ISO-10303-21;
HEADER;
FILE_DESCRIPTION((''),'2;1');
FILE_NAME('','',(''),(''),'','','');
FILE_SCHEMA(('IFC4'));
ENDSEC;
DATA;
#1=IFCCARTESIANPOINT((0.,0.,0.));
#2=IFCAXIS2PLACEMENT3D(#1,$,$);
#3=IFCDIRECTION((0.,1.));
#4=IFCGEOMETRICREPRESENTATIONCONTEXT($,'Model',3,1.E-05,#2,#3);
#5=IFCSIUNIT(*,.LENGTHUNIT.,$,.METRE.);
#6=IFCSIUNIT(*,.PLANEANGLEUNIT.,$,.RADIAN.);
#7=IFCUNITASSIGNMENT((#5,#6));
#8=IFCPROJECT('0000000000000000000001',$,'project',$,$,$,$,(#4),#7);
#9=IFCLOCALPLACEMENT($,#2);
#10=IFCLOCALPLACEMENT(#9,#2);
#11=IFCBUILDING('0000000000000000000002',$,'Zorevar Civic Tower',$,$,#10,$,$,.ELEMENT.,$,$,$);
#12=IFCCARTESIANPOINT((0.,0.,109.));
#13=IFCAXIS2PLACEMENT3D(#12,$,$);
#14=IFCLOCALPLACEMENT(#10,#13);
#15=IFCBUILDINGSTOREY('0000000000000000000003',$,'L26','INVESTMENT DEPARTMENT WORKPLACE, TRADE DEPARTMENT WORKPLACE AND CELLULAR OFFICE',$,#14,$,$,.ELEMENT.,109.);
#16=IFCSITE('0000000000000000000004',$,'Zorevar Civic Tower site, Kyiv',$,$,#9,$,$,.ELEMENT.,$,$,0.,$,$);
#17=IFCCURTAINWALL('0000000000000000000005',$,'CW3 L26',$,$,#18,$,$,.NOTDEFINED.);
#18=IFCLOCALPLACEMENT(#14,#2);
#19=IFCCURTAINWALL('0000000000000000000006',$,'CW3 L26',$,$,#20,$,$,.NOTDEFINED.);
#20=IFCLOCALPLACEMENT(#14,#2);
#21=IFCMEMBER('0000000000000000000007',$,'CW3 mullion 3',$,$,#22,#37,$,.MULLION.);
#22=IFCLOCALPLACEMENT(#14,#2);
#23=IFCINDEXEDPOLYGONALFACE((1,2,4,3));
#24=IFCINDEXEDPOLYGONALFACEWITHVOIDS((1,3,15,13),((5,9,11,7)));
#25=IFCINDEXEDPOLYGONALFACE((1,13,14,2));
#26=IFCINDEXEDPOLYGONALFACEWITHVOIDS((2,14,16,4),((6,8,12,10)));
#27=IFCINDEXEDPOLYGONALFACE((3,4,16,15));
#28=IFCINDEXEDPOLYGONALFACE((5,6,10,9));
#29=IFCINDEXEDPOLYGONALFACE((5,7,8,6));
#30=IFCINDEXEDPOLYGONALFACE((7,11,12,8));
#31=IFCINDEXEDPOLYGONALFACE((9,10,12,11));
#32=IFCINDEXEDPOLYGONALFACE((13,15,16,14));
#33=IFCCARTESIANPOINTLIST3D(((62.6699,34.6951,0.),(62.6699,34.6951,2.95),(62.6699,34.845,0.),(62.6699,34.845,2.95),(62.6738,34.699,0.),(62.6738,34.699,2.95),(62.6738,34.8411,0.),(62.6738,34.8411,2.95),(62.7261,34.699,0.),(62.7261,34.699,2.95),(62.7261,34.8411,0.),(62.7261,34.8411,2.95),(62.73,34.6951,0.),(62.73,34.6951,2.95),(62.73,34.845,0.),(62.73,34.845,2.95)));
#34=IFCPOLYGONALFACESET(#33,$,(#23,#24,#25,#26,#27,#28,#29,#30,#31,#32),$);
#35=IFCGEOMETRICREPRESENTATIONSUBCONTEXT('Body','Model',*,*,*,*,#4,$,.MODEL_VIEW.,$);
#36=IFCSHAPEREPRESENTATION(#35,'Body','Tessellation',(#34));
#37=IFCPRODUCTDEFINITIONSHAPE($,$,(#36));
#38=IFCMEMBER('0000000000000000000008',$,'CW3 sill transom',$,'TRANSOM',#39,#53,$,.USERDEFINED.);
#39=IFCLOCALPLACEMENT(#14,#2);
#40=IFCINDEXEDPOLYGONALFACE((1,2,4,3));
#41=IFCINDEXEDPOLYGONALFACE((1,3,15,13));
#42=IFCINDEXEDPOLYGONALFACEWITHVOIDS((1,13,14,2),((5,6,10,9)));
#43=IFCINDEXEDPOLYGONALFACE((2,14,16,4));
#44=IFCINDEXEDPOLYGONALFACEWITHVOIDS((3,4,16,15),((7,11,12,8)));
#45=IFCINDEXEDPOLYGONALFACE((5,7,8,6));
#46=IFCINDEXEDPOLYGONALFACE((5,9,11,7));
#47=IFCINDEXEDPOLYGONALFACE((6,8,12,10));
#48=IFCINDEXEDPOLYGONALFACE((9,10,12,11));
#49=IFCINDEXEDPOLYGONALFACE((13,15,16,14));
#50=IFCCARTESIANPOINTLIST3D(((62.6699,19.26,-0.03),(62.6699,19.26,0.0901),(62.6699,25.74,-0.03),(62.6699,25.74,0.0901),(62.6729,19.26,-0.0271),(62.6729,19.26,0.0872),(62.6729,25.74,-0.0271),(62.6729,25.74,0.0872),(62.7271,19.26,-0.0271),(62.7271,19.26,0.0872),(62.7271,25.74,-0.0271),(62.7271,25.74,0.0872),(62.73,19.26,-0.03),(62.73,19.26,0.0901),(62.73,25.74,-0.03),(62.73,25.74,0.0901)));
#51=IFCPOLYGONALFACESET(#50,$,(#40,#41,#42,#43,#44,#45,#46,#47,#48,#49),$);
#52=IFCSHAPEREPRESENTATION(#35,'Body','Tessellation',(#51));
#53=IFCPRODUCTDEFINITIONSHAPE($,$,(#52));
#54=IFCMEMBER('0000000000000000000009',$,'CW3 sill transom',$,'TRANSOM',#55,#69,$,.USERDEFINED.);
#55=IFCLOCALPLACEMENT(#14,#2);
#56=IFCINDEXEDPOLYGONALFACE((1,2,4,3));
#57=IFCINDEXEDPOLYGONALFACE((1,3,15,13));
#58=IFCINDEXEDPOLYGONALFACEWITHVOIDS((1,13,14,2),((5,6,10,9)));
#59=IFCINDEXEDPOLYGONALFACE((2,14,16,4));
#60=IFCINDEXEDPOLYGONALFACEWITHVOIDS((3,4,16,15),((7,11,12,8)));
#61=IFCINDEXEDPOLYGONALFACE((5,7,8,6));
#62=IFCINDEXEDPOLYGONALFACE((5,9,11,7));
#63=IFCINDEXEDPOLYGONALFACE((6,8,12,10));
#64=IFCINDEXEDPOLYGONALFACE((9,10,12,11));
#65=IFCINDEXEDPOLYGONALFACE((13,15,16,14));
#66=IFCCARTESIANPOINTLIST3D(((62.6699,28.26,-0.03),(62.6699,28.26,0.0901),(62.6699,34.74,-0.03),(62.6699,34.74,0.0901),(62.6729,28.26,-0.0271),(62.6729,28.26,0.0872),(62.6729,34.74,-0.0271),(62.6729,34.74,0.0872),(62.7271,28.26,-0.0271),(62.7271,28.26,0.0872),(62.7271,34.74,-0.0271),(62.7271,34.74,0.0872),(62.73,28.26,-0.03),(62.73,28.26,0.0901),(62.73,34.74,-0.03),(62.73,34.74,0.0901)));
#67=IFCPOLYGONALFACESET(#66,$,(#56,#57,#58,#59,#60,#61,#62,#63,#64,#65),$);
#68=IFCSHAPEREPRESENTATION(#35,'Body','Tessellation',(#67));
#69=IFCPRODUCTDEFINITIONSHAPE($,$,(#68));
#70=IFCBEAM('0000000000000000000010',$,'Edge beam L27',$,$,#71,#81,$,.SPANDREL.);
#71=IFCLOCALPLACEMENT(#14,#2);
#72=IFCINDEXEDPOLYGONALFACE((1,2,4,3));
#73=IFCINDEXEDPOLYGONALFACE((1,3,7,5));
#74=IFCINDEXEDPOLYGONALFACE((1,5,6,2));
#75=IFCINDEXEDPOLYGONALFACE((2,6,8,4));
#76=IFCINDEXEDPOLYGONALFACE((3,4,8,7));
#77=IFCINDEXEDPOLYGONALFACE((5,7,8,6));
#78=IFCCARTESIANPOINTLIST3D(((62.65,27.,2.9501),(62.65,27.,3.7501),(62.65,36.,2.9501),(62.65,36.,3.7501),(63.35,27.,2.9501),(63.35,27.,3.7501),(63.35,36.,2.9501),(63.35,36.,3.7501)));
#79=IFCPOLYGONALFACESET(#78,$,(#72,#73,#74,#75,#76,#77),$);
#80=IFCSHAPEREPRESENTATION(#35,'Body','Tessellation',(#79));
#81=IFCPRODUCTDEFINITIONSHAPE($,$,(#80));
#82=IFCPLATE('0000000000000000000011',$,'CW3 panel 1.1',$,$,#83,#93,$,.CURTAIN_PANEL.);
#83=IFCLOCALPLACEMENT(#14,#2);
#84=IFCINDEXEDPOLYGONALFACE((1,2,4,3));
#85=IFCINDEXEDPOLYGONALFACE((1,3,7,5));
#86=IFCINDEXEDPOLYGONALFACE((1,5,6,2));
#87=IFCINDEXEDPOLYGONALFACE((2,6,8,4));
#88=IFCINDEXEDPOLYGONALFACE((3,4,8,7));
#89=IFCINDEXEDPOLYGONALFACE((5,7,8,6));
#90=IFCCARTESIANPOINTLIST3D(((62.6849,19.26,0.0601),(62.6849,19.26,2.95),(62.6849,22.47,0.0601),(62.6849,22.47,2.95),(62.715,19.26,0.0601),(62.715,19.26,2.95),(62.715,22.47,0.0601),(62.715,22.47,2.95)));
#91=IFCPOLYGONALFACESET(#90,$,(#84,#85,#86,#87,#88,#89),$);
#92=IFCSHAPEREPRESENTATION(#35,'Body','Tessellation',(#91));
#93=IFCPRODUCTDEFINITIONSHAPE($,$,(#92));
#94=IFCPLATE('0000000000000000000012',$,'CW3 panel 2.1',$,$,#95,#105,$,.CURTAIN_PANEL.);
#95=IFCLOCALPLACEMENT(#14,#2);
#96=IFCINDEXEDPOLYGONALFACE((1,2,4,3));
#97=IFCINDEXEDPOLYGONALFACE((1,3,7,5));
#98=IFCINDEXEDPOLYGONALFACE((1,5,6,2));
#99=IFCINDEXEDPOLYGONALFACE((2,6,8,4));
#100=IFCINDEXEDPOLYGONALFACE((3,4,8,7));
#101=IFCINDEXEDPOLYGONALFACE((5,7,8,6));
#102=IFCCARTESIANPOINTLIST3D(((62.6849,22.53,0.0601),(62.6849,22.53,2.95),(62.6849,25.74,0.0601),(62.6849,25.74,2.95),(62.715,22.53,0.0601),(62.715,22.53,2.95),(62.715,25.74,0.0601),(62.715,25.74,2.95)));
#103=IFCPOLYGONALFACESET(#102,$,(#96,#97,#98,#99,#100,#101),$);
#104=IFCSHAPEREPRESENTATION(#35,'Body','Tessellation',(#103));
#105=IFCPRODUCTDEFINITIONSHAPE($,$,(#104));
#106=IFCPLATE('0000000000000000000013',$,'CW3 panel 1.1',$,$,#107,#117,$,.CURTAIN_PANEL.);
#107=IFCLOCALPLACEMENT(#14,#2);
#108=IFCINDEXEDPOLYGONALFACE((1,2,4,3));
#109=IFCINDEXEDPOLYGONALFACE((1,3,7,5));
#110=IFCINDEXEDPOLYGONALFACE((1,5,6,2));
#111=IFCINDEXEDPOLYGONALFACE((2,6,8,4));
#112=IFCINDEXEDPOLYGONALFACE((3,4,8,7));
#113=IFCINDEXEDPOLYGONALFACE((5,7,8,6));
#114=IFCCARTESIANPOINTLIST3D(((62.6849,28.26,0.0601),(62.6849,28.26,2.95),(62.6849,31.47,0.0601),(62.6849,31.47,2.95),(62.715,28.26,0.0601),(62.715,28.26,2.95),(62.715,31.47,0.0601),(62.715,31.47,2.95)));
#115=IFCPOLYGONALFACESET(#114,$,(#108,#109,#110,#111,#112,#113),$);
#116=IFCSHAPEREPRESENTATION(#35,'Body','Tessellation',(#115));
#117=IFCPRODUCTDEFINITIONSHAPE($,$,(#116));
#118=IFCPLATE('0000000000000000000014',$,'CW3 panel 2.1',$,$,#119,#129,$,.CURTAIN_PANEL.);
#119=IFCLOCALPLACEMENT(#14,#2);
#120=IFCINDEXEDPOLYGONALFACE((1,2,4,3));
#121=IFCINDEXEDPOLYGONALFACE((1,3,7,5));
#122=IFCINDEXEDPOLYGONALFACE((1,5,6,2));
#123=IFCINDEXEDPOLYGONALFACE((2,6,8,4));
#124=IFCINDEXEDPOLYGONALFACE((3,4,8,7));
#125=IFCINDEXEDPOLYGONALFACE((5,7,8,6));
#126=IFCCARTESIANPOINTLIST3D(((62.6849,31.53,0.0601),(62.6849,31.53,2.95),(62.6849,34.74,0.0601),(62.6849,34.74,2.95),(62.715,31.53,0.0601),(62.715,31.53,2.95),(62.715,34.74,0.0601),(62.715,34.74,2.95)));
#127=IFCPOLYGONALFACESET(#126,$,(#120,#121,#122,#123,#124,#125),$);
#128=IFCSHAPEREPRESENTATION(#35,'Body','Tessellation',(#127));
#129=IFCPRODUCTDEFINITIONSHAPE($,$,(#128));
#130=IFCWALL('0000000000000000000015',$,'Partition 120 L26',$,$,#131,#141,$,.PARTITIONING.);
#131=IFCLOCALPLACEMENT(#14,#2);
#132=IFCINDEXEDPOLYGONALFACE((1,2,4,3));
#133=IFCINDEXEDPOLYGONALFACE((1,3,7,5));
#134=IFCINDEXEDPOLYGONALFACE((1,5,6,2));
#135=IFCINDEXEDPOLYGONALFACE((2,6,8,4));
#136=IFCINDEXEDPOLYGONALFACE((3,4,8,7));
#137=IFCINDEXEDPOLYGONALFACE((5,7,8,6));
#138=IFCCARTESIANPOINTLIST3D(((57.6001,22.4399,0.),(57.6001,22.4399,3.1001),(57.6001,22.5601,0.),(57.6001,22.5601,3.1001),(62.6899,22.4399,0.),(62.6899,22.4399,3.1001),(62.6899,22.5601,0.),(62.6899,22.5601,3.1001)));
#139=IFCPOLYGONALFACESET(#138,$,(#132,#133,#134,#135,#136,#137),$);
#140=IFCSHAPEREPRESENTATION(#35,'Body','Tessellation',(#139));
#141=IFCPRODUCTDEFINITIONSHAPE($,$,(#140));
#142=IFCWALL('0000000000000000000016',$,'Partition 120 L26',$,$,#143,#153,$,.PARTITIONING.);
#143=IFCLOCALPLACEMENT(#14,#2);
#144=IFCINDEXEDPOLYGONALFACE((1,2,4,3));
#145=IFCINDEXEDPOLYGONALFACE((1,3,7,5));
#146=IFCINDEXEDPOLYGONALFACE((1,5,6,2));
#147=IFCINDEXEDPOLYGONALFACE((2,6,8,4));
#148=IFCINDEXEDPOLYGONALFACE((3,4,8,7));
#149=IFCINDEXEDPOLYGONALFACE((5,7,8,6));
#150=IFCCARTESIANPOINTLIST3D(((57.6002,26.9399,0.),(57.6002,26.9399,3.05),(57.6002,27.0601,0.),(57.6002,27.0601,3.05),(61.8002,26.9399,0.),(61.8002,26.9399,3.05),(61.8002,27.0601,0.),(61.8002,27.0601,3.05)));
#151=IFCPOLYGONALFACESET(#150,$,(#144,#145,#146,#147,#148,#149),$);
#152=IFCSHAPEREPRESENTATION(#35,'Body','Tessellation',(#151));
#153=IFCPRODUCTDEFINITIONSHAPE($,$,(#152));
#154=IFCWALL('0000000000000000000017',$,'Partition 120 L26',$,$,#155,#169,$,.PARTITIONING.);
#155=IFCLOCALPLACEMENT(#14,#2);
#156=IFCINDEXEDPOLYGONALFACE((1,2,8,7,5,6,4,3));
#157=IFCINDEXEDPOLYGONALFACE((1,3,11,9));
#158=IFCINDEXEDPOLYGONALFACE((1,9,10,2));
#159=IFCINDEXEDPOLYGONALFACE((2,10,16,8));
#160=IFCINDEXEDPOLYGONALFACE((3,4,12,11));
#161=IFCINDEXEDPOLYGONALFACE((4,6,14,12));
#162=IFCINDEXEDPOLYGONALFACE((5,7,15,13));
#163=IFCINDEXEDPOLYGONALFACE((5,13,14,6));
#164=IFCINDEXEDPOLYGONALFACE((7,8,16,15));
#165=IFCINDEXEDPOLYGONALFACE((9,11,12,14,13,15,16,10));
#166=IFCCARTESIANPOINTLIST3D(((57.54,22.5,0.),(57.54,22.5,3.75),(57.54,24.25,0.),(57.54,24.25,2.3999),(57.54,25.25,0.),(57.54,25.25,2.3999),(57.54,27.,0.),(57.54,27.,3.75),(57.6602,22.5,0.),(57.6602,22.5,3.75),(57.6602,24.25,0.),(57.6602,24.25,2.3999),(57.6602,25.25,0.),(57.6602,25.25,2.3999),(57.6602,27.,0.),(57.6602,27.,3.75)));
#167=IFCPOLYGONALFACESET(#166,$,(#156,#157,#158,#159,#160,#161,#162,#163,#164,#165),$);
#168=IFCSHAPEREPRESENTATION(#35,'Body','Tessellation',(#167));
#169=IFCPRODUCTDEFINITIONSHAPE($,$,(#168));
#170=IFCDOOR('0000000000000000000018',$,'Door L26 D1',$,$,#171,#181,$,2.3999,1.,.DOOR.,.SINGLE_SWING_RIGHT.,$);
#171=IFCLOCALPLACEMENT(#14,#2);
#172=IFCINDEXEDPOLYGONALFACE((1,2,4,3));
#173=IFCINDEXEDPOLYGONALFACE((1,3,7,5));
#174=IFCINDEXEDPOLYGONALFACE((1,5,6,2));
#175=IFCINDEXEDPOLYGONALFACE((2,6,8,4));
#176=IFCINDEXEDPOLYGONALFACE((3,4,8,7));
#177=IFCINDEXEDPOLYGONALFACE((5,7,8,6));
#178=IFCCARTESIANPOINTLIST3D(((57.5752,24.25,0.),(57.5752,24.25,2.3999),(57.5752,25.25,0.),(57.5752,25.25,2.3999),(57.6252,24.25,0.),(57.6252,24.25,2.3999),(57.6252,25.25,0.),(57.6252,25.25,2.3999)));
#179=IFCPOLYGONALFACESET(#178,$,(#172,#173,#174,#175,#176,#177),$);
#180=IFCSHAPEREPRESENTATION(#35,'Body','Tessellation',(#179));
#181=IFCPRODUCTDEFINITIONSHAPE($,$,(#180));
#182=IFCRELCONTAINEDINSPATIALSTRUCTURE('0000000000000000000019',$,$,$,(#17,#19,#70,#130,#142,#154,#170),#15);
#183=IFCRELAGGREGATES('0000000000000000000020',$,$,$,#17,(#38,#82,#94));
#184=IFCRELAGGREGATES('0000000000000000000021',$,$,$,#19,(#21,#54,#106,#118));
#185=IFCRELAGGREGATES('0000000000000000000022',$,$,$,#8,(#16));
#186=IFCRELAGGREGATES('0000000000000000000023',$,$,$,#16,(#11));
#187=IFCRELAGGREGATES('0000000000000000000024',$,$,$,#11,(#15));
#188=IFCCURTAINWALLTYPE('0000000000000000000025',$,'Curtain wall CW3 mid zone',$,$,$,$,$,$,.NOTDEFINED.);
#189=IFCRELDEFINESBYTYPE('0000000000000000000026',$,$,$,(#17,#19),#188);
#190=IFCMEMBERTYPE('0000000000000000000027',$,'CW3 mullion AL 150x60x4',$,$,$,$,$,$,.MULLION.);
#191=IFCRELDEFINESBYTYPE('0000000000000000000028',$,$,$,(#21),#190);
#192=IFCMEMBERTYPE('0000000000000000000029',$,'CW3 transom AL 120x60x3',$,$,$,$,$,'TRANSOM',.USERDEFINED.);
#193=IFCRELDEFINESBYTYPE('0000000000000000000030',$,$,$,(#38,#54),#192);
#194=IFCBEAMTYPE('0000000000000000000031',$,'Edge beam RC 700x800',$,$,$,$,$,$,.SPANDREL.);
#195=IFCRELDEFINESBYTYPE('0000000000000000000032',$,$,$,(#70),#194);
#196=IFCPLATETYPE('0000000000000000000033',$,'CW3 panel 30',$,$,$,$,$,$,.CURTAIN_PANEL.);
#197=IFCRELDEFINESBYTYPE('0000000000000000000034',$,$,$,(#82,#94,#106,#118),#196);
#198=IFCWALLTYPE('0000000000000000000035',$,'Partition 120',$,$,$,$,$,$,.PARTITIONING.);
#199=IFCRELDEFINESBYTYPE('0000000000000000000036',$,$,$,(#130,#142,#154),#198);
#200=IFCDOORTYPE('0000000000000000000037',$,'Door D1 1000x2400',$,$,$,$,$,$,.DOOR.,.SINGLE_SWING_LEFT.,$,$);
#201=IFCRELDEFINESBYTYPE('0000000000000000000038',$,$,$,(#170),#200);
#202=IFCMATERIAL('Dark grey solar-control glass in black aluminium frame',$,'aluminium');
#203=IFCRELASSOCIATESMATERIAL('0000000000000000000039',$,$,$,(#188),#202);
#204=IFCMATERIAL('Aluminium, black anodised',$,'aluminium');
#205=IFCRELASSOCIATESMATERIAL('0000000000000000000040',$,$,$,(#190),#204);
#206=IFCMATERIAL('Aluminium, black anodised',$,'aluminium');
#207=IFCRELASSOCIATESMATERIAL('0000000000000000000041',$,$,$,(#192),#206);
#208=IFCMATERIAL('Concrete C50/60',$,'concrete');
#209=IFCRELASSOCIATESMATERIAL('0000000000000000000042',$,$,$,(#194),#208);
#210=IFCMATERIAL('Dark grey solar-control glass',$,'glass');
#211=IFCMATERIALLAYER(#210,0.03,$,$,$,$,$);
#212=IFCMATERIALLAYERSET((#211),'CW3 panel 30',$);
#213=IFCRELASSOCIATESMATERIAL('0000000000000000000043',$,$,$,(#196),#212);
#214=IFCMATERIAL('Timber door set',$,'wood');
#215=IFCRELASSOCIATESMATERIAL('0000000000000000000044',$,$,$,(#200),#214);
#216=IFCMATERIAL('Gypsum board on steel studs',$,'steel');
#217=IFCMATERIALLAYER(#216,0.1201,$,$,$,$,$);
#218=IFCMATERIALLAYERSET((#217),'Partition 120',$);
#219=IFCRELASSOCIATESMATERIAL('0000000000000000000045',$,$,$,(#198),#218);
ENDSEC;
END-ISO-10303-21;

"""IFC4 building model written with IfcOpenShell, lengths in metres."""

from ifc_helpers import new_model, si_unit, direction, frame, frame_2d, origin, origin_2d, place, context, subcontext, project, spatial, rectangle, hollow_rectangle, extrude, material, layer, layer_set, material_profile, profile_set, type_object, element, fill, aggregate, save


model = new_model("IFC4")

# Units and contexts
model_context = context("Model", 3, precision=1e-05, world=origin(), true_north=direction((0.0, 1.0)))
body_context = subcontext(model_context, "Body", "Model", "MODEL_VIEW")
ifc_project = project(units=[si_unit("LENGTHUNIT", "METRE"), si_unit("PLANEANGLEUNIT", "RADIAN")], contexts=[model_context])

# Site, building, storey
site_placement = place(None, origin())
site = spatial("IfcSite", under=ifc_project, at=site_placement, Name="Zorevar Civic Tower site, Kyiv", CompositionType="ELEMENT", RefElevation=0.0)
building_placement = place(site_placement, origin())
building = spatial("IfcBuilding", under=site, at=building_placement, Name="Zorevar Civic Tower", CompositionType="ELEMENT")
storey_placement = place(building_placement, frame((0.0, 0.0, 109.0)))
storey = spatial("IfcBuildingStorey", under=building, at=storey_placement, Name="L26", Description="INVESTMENT DEPARTMENT WORKPLACE, TRADE DEPARTMENT WORKPLACE AND CELLULAR OFFICE", CompositionType="ELEMENT", Elevation=109.0)

# Curtain walls, member
ifc_material_1 = material(Name="Dark grey solar-control glass in black aluminium frame", Category="aluminium")
curtain_wall_type = type_object("IfcCurtainWallType", Name="Curtain wall CW3 mid zone", PredefinedType="NOTDEFINED", material=ifc_material_1)
curtain_wall_1_placement = place(storey_placement, origin())
curtain_wall_1 = element("IfcCurtainWall", 1, at=curtain_wall_1_placement, inside=storey, type_object=curtain_wall_type, Name="CW3 L26", PredefinedType="NOTDEFINED")
ifc_material_2 = material(Name="Aluminium, black anodised", Category="aluminium")
ifc_material_profile_1 = material_profile(ifc_material_2, hollow_rectangle(XDim=0.0601, YDim=0.1499, WallThickness=0.0039, at=origin_2d()), Name="AL 150x60x4")
ifc_profile_set_1 = profile_set([ifc_material_profile_1], Name="Aluminium, black anodised")
member_type_1 = type_object("IfcMemberType", Name="CW3 mullion AL 150x60x4", PredefinedType="MULLION", material=ifc_profile_set_1)
curtain_wall_2_placement = place(storey_placement, origin())
curtain_wall_2 = element("IfcCurtainWall", 2, at=curtain_wall_2_placement, inside=storey, type_object=curtain_wall_type, Name="CW3 L26", PredefinedType="NOTDEFINED")
member_1_placement = place(storey_placement, frame((62.7, 34.77, 0.0), z_axis=(0.0, 0.0, 1.0), x_axis=(-1.0, 0.0, 0.0)))
member_1 = element("IfcMember", 3, at=member_1_placement, type_object=member_type_1, Name="CW3 mullion 3", PredefinedType="MULLION", context=body_context, shape_type="SweptSolid", body=[
    extrude(hollow_rectangle(XDim=0.0601, YDim=0.1499, WallThickness=0.0039, at=origin_2d()), origin(), (0.0, 0.0, 1.0), 2.95),
])

# Members
ifc_material_3 = material(Name="Aluminium, black anodised", Category="aluminium")
ifc_material_profile_2 = material_profile(ifc_material_3, hollow_rectangle(XDim=0.0601, YDim=0.1201, WallThickness=0.0029, at=origin_2d()), Name="AL 120x60x3")
ifc_profile_set_2 = profile_set([ifc_material_profile_2], Name="Aluminium, black anodised")
member_type_2 = type_object("IfcMemberType", Name="CW3 transom AL 120x60x3", ElementType="TRANSOM", PredefinedType="USERDEFINED", material=ifc_profile_set_2)
member_2_placement = place(storey_placement, frame((62.7, 19.26, 0.03), z_axis=(0.0, 1.0, 0.0), x_axis=(-1.0, 0.0, 0.0)))
member_2 = element("IfcMember", 4, at=member_2_placement, type_object=member_type_2, Name="CW3 sill transom", ObjectType="TRANSOM", PredefinedType="USERDEFINED", context=body_context, shape_type="SweptSolid", body=[
    extrude(hollow_rectangle(XDim=0.0601, YDim=0.1201, WallThickness=0.0029, at=origin_2d()), origin(), (0.0, 0.0, 1.0), 6.48),
])
member_3_placement = place(storey_placement, frame((62.7, 28.26, 0.03), z_axis=(0.0, 1.0, 0.0), x_axis=(-1.0, 0.0, 0.0)))
member_3 = element("IfcMember", 5, at=member_3_placement, type_object=member_type_2, Name="CW3 sill transom", ObjectType="TRANSOM", PredefinedType="USERDEFINED", context=body_context, shape_type="SweptSolid", body=[
    extrude(hollow_rectangle(XDim=0.0601, YDim=0.1201, WallThickness=0.0029, at=origin_2d()), origin(), (0.0, 0.0, 1.0), 6.48),
])

# Beam
ifc_material_4 = material(Name="Concrete C50/60", Category="concrete")
ifc_material_profile_3 = material_profile(ifc_material_4, rectangle(XDim=0.7, YDim=0.8, at=origin_2d()), Name="RC 700x800")
ifc_profile_set_3 = profile_set([ifc_material_profile_3], Name="Concrete C50/60")
beam_type_1 = type_object("IfcBeamType", Name="Edge beam RC 700x800", PredefinedType="SPANDREL", material=ifc_profile_set_3)
beam_1_placement = place(storey_placement, frame((63.0, 27.0, 3.3501), z_axis=(0.0, 1.0, 0.0), x_axis=(-1.0, 0.0, 0.0)))
element("IfcBeam", 6, at=beam_1_placement, inside=storey, type_object=beam_type_1, Name="Edge beam L27", PredefinedType="SPANDREL", context=body_context, shape_type="SweptSolid", body=[
    extrude(rectangle(XDim=0.7, YDim=0.8, at=origin_2d()), origin(), (0.0, 0.0, 1.0), 9.0),
])

# Plates
ifc_material_5 = material(Name="Dark grey solar-control glass", Category="glass")
ifc_layer_1 = layer(ifc_material_5, 0.03)
ifc_layer_set_1 = layer_set([ifc_layer_1], Name="CW3 panel 30")
plate_type = type_object("IfcPlateType", Name="CW3 panel 30", PredefinedType="CURTAIN_PANEL", material=ifc_layer_set_1)
plate_1_placement = place(storey_placement, frame((62.7, 20.865, 0.0601), z_axis=(0.0, 0.0, 1.0), x_axis=(0.0, 1.0, 0.0)))
plate_1 = element("IfcPlate", 7, at=plate_1_placement, type_object=plate_type, Name="CW3 panel 1.1", PredefinedType="CURTAIN_PANEL", context=body_context, shape_type="SweptSolid", body=[
    extrude(rectangle(XDim=3.21, YDim=0.03, at=origin_2d()), origin(), (0.0, 0.0, 1.0), 2.8899),
])
plate_2_placement = place(storey_placement, frame((62.7, 24.135, 0.0601), z_axis=(0.0, 0.0, 1.0), x_axis=(0.0, 1.0, 0.0)))
plate_2 = element("IfcPlate", 8, at=plate_2_placement, type_object=plate_type, Name="CW3 panel 2.1", PredefinedType="CURTAIN_PANEL", context=body_context, shape_type="SweptSolid", body=[
    extrude(rectangle(XDim=3.21, YDim=0.03, at=origin_2d()), origin(), (0.0, 0.0, 1.0), 2.8899),
])
aggregate(curtain_wall_1, [member_2, plate_1, plate_2])
plate_3_placement = place(storey_placement, frame((62.7, 29.865, 0.0601), z_axis=(0.0, 0.0, 1.0), x_axis=(0.0, 1.0, 0.0)))
plate_3 = element("IfcPlate", 9, at=plate_3_placement, type_object=plate_type, Name="CW3 panel 1.1", PredefinedType="CURTAIN_PANEL", context=body_context, shape_type="SweptSolid", body=[
    extrude(rectangle(XDim=3.21, YDim=0.03, at=origin_2d()), origin(), (0.0, 0.0, 1.0), 2.8899),
])
plate_4_placement = place(storey_placement, frame((62.7, 33.135, 0.0601), z_axis=(0.0, 0.0, 1.0), x_axis=(0.0, 1.0, 0.0)))
plate_4 = element("IfcPlate", 10, at=plate_4_placement, type_object=plate_type, Name="CW3 panel 2.1", PredefinedType="CURTAIN_PANEL", context=body_context, shape_type="SweptSolid", body=[
    extrude(rectangle(XDim=3.21, YDim=0.03, at=origin_2d()), origin(), (0.0, 0.0, 1.0), 2.8899),
])
aggregate(curtain_wall_2, [member_1, member_3, plate_3, plate_4])

# Shared definitions
ifc_material_6 = material(Name="Timber door set", Category="wood")
door_type_1 = type_object("IfcDoorType", Name="Door D1 1000x2400", OperationType="SINGLE_SWING_LEFT", PredefinedType="DOOR", material=ifc_material_6)

# Walls
ifc_material_7 = material(Name="Gypsum board on steel studs", Category="steel")
ifc_layer_2 = layer(ifc_material_7, 0.1201)
ifc_layer_set_2 = layer_set([ifc_layer_2], Name="Partition 120")
wall_type_1 = type_object("IfcWallType", Name="Partition 120", PredefinedType="PARTITIONING", material=ifc_layer_set_2)
wall_1_placement = place(storey_placement, frame((57.6001, 22.5, 0.0), z_axis=(0.0, 0.0, 1.0), x_axis=(1.0, 0.0, 0.0)))
element("IfcWall", 11, at=wall_1_placement, inside=storey, type_object=wall_type_1, Name="Partition 120 L26", PredefinedType="PARTITIONING", context=body_context, shape_type="SweptSolid", body=[
    extrude(rectangle(XDim=5.0898, YDim=0.1201, at=frame_2d((2.5449, 0.0))), origin(), (0.0, 0.0, 1.0), 3.1001),
])
wall_2_placement = place(storey_placement, frame((57.6001, 27.0, 0.0), z_axis=(0.0, 0.0, 1.0), x_axis=(1.0, 0.0, 0.0)))
element("IfcWall", 12, at=wall_2_placement, inside=storey, type_object=wall_type_1, Name="Partition 120 L26", PredefinedType="PARTITIONING", context=body_context, shape_type="SweptSolid", body=[
    extrude(rectangle(XDim=4.2, YDim=0.1201, at=frame_2d((2.1001, 0.0))), origin(), (0.0, 0.0, 1.0), 3.05),
])

# Wall, opening, door
wall_3_placement = place(storey_placement, frame((57.6001, 22.5, 0.0), z_axis=(0.0, 0.0, 1.0), x_axis=(0.0, 1.0, 0.0)))
wall_3 = element("IfcWall", 13, at=wall_3_placement, inside=storey, type_object=wall_type_1, Name="Partition 120 L26", PredefinedType="PARTITIONING", context=body_context, shape_type="SweptSolid", body=[
    extrude(rectangle(XDim=4.5, YDim=0.1201, at=frame_2d((2.25, 0.0))), origin(), (0.0, 0.0, 1.0), 3.75),
])
opening_1_placement = place(wall_3_placement, frame((1.75, 0.0, 0.0)))
opening_1 = element("IfcOpeningElement", 14, at=opening_1_placement, cuts=wall_3, PredefinedType="OPENING", context=body_context, shape_type="SweptSolid", body=[
    extrude(rectangle(XDim=1.0, YDim=2.3999, at=frame_2d((0.5, 1.2))), frame((0.0, 0.0701, 0.0), z_axis=(0.0, -1.0, 0.0), x_axis=(1.0, 0.0, 0.0)), (0.0, 0.0, 1.0), 0.1401),
])
door_1_placement = place(opening_1_placement, origin())
door_1 = element("IfcDoor", 15, at=door_1_placement, inside=storey, type_object=door_type_1, Name="Door L26 D1", OperationType="SINGLE_SWING_RIGHT", OverallHeight=2.3999, OverallWidth=1.0, PredefinedType="DOOR", context=body_context, shape_type="SweptSolid", body=[
    extrude(rectangle(XDim=1.0, YDim=2.3999, at=frame_2d((0.5, 1.2))), frame((0.0, 0.0249, 0.0), z_axis=(0.0, -1.0, 0.0), x_axis=(1.0, 0.0, 0.0)), (0.0, 0.0, 1.0), 0.05),
])
fill(opening_1, door_1)

save(model, "model.ifc")
